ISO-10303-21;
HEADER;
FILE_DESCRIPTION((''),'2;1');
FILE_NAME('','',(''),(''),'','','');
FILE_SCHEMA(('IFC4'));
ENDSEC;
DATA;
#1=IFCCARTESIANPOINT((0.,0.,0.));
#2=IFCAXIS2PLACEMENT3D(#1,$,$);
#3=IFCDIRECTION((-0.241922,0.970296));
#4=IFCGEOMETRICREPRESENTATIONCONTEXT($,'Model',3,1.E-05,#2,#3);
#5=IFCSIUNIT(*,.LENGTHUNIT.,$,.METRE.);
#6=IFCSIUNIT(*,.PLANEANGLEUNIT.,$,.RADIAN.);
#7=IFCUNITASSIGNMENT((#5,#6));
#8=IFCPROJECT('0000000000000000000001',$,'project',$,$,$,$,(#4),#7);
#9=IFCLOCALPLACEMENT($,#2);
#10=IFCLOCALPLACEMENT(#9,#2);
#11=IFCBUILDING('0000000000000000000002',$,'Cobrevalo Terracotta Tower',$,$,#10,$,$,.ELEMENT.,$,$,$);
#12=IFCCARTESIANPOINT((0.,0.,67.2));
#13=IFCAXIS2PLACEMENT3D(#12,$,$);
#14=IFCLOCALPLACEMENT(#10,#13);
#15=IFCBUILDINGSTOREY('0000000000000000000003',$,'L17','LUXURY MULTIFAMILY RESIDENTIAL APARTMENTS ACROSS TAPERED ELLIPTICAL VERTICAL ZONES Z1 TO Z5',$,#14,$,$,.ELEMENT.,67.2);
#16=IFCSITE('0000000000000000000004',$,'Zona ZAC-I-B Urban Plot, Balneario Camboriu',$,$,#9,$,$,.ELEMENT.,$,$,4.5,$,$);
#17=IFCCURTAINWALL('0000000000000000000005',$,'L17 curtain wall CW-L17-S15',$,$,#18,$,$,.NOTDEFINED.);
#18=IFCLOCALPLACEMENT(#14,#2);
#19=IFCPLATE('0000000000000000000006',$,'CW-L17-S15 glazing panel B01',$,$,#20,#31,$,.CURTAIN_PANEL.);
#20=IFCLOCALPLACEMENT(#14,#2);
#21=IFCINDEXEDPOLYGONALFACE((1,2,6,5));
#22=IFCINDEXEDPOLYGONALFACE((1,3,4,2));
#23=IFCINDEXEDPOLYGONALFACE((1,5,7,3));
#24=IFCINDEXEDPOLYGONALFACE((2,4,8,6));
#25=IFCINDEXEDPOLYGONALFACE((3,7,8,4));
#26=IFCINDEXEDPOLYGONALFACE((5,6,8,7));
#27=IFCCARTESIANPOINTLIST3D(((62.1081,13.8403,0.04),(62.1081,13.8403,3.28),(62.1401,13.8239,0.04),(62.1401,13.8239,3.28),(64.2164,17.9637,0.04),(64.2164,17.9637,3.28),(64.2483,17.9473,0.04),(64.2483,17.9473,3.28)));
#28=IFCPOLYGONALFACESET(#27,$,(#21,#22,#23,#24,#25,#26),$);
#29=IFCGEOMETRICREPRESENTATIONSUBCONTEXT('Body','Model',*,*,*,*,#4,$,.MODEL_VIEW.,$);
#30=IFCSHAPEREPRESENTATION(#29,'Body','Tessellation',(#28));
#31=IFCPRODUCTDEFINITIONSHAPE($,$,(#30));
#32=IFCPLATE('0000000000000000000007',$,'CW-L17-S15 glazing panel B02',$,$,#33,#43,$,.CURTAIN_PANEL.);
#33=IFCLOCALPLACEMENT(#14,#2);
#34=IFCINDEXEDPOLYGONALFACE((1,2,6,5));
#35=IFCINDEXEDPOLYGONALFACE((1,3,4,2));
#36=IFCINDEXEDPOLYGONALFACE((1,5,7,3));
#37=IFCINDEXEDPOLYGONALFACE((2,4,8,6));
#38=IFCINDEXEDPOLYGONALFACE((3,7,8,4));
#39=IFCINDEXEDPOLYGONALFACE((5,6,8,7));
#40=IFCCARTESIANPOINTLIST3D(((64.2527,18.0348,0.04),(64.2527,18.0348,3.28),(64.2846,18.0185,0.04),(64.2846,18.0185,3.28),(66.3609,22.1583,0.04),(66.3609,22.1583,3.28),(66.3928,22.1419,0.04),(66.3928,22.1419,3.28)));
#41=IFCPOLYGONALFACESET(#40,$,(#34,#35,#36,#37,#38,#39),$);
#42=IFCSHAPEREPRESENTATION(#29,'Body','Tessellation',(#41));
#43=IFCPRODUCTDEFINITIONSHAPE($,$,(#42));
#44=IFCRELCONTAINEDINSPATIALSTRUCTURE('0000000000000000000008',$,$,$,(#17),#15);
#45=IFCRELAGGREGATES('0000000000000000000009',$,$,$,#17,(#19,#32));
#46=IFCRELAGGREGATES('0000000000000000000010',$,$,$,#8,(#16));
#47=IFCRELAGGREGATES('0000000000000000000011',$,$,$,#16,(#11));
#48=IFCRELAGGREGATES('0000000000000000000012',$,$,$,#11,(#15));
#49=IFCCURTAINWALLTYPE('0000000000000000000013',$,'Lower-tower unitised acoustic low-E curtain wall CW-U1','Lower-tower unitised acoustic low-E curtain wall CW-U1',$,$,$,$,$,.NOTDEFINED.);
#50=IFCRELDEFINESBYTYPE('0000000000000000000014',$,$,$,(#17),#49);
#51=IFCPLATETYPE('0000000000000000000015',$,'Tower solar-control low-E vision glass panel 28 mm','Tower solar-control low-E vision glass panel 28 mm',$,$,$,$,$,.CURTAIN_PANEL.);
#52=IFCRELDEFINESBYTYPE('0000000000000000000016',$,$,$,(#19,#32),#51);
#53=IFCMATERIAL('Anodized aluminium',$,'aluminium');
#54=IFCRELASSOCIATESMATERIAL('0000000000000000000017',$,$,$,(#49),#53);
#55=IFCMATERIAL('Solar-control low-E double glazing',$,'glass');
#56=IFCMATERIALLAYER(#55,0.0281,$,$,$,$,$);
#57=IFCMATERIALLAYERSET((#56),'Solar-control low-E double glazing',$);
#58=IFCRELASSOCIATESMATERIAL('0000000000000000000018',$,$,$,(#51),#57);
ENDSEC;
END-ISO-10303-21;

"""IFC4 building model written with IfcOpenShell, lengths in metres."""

from ifc_helpers import new_model, si_unit, direction, frame, origin, origin_2d, place, context, subcontext, project, spatial, rectangle, extrude, source, transform, mapped, material, layer, layer_set, type_object, element, aggregate, save


model = new_model("IFC4")

# Units and contexts
model_context = context("Model", 3, precision=1e-05, world=origin(), true_north=direction((-0.241922, 0.970296)))
body_context = subcontext(model_context, "Body", "Model", "MODEL_VIEW")
ifc_project = project(units=[si_unit("LENGTHUNIT", "METRE"), si_unit("PLANEANGLEUNIT", "RADIAN")], contexts=[model_context])

# Site, building, storey
site_placement = place(None, origin())
site = spatial("IfcSite", under=ifc_project, at=site_placement, Name="Zona ZAC-I-B Urban Plot, Balneario Camboriu", CompositionType="ELEMENT", RefElevation=4.5)
building_placement = place(site_placement, origin())
building = spatial("IfcBuilding", under=site, at=building_placement, Name="Cobrevalo Terracotta Tower", CompositionType="ELEMENT")
storey_placement = place(building_placement, frame((0.0, 0.0, 67.2)))
storey = spatial("IfcBuildingStorey", under=building, at=storey_placement, Name="L17", Description="LUXURY MULTIFAMILY RESIDENTIAL APARTMENTS ACROSS TAPERED ELLIPTICAL VERTICAL ZONES Z1 TO Z5", CompositionType="ELEMENT", Elevation=67.2)

# Shared definitions
ifc_material_1 = material(Name="Anodized aluminium", Category="aluminium")
curtain_wall_type = type_object("IfcCurtainWallType", Name="Lower-tower unitised acoustic low-E curtain wall CW-U1", Description="Lower-tower unitised acoustic low-E curtain wall CW-U1", PredefinedType="NOTDEFINED", material=ifc_material_1)

# Curtain wall
curtain_wall_1_placement = place(storey_placement, origin())
curtain_wall_1 = element("IfcCurtainWall", 1, at=curtain_wall_1_placement, inside=storey, type_object=curtain_wall_type, Name="L17 curtain wall CW-L17-S15", PredefinedType="NOTDEFINED")

# Plates
ifc_material_2 = material(Name="Solar-control low-E double glazing", Category="glass")
ifc_layer = layer(ifc_material_2, 0.0281)
ifc_layer_set = layer_set([ifc_layer], Name="Solar-control low-E double glazing")
plate_type = type_object("IfcPlateType", Name="Tower solar-control low-E vision glass panel 28 mm", Description="Tower solar-control low-E vision glass panel 28 mm", PredefinedType="CURTAIN_PANEL", material=ifc_layer_set)
shared_shape_1 = source(origin(), body_context, "Body", "SweptSolid", [
    extrude(rectangle(XDim=4.6311, YDim=0.0359, at=origin_2d()), origin(), (0.0, 0.0, 1.0), 3.24),
])
plate_1_placement = place(storey_placement, frame((63.1782, 15.8938, 0.04), z_axis=(0.0, 0.0, 1.0), x_axis=(0.455231, 0.890373, 0.0)))
plate_1 = element("IfcPlate", 2, at=plate_1_placement, type_object=plate_type, Name="CW-L17-S15 glazing panel B01", PredefinedType="CURTAIN_PANEL", context=body_context, shape_type="MappedRepresentation", body=[
    mapped(shared_shape_1, transform((0.0, 0.0, 0.0), scale=1.0)),
])
plate_2_placement = place(storey_placement, frame((65.3228, 20.0884, 0.04), z_axis=(0.0, 0.0, 1.0), x_axis=(0.455231, 0.890373, 0.0)))
plate_2 = element("IfcPlate", 3, at=plate_2_placement, type_object=plate_type, Name="CW-L17-S15 glazing panel B02", PredefinedType="CURTAIN_PANEL", context=body_context, shape_type="MappedRepresentation", body=[
    mapped(shared_shape_1, transform((0.0, 0.0, 0.0), scale=1.0)),
])
aggregate(curtain_wall_1, [plate_1, plate_2])

save(model, "model.ifc")
